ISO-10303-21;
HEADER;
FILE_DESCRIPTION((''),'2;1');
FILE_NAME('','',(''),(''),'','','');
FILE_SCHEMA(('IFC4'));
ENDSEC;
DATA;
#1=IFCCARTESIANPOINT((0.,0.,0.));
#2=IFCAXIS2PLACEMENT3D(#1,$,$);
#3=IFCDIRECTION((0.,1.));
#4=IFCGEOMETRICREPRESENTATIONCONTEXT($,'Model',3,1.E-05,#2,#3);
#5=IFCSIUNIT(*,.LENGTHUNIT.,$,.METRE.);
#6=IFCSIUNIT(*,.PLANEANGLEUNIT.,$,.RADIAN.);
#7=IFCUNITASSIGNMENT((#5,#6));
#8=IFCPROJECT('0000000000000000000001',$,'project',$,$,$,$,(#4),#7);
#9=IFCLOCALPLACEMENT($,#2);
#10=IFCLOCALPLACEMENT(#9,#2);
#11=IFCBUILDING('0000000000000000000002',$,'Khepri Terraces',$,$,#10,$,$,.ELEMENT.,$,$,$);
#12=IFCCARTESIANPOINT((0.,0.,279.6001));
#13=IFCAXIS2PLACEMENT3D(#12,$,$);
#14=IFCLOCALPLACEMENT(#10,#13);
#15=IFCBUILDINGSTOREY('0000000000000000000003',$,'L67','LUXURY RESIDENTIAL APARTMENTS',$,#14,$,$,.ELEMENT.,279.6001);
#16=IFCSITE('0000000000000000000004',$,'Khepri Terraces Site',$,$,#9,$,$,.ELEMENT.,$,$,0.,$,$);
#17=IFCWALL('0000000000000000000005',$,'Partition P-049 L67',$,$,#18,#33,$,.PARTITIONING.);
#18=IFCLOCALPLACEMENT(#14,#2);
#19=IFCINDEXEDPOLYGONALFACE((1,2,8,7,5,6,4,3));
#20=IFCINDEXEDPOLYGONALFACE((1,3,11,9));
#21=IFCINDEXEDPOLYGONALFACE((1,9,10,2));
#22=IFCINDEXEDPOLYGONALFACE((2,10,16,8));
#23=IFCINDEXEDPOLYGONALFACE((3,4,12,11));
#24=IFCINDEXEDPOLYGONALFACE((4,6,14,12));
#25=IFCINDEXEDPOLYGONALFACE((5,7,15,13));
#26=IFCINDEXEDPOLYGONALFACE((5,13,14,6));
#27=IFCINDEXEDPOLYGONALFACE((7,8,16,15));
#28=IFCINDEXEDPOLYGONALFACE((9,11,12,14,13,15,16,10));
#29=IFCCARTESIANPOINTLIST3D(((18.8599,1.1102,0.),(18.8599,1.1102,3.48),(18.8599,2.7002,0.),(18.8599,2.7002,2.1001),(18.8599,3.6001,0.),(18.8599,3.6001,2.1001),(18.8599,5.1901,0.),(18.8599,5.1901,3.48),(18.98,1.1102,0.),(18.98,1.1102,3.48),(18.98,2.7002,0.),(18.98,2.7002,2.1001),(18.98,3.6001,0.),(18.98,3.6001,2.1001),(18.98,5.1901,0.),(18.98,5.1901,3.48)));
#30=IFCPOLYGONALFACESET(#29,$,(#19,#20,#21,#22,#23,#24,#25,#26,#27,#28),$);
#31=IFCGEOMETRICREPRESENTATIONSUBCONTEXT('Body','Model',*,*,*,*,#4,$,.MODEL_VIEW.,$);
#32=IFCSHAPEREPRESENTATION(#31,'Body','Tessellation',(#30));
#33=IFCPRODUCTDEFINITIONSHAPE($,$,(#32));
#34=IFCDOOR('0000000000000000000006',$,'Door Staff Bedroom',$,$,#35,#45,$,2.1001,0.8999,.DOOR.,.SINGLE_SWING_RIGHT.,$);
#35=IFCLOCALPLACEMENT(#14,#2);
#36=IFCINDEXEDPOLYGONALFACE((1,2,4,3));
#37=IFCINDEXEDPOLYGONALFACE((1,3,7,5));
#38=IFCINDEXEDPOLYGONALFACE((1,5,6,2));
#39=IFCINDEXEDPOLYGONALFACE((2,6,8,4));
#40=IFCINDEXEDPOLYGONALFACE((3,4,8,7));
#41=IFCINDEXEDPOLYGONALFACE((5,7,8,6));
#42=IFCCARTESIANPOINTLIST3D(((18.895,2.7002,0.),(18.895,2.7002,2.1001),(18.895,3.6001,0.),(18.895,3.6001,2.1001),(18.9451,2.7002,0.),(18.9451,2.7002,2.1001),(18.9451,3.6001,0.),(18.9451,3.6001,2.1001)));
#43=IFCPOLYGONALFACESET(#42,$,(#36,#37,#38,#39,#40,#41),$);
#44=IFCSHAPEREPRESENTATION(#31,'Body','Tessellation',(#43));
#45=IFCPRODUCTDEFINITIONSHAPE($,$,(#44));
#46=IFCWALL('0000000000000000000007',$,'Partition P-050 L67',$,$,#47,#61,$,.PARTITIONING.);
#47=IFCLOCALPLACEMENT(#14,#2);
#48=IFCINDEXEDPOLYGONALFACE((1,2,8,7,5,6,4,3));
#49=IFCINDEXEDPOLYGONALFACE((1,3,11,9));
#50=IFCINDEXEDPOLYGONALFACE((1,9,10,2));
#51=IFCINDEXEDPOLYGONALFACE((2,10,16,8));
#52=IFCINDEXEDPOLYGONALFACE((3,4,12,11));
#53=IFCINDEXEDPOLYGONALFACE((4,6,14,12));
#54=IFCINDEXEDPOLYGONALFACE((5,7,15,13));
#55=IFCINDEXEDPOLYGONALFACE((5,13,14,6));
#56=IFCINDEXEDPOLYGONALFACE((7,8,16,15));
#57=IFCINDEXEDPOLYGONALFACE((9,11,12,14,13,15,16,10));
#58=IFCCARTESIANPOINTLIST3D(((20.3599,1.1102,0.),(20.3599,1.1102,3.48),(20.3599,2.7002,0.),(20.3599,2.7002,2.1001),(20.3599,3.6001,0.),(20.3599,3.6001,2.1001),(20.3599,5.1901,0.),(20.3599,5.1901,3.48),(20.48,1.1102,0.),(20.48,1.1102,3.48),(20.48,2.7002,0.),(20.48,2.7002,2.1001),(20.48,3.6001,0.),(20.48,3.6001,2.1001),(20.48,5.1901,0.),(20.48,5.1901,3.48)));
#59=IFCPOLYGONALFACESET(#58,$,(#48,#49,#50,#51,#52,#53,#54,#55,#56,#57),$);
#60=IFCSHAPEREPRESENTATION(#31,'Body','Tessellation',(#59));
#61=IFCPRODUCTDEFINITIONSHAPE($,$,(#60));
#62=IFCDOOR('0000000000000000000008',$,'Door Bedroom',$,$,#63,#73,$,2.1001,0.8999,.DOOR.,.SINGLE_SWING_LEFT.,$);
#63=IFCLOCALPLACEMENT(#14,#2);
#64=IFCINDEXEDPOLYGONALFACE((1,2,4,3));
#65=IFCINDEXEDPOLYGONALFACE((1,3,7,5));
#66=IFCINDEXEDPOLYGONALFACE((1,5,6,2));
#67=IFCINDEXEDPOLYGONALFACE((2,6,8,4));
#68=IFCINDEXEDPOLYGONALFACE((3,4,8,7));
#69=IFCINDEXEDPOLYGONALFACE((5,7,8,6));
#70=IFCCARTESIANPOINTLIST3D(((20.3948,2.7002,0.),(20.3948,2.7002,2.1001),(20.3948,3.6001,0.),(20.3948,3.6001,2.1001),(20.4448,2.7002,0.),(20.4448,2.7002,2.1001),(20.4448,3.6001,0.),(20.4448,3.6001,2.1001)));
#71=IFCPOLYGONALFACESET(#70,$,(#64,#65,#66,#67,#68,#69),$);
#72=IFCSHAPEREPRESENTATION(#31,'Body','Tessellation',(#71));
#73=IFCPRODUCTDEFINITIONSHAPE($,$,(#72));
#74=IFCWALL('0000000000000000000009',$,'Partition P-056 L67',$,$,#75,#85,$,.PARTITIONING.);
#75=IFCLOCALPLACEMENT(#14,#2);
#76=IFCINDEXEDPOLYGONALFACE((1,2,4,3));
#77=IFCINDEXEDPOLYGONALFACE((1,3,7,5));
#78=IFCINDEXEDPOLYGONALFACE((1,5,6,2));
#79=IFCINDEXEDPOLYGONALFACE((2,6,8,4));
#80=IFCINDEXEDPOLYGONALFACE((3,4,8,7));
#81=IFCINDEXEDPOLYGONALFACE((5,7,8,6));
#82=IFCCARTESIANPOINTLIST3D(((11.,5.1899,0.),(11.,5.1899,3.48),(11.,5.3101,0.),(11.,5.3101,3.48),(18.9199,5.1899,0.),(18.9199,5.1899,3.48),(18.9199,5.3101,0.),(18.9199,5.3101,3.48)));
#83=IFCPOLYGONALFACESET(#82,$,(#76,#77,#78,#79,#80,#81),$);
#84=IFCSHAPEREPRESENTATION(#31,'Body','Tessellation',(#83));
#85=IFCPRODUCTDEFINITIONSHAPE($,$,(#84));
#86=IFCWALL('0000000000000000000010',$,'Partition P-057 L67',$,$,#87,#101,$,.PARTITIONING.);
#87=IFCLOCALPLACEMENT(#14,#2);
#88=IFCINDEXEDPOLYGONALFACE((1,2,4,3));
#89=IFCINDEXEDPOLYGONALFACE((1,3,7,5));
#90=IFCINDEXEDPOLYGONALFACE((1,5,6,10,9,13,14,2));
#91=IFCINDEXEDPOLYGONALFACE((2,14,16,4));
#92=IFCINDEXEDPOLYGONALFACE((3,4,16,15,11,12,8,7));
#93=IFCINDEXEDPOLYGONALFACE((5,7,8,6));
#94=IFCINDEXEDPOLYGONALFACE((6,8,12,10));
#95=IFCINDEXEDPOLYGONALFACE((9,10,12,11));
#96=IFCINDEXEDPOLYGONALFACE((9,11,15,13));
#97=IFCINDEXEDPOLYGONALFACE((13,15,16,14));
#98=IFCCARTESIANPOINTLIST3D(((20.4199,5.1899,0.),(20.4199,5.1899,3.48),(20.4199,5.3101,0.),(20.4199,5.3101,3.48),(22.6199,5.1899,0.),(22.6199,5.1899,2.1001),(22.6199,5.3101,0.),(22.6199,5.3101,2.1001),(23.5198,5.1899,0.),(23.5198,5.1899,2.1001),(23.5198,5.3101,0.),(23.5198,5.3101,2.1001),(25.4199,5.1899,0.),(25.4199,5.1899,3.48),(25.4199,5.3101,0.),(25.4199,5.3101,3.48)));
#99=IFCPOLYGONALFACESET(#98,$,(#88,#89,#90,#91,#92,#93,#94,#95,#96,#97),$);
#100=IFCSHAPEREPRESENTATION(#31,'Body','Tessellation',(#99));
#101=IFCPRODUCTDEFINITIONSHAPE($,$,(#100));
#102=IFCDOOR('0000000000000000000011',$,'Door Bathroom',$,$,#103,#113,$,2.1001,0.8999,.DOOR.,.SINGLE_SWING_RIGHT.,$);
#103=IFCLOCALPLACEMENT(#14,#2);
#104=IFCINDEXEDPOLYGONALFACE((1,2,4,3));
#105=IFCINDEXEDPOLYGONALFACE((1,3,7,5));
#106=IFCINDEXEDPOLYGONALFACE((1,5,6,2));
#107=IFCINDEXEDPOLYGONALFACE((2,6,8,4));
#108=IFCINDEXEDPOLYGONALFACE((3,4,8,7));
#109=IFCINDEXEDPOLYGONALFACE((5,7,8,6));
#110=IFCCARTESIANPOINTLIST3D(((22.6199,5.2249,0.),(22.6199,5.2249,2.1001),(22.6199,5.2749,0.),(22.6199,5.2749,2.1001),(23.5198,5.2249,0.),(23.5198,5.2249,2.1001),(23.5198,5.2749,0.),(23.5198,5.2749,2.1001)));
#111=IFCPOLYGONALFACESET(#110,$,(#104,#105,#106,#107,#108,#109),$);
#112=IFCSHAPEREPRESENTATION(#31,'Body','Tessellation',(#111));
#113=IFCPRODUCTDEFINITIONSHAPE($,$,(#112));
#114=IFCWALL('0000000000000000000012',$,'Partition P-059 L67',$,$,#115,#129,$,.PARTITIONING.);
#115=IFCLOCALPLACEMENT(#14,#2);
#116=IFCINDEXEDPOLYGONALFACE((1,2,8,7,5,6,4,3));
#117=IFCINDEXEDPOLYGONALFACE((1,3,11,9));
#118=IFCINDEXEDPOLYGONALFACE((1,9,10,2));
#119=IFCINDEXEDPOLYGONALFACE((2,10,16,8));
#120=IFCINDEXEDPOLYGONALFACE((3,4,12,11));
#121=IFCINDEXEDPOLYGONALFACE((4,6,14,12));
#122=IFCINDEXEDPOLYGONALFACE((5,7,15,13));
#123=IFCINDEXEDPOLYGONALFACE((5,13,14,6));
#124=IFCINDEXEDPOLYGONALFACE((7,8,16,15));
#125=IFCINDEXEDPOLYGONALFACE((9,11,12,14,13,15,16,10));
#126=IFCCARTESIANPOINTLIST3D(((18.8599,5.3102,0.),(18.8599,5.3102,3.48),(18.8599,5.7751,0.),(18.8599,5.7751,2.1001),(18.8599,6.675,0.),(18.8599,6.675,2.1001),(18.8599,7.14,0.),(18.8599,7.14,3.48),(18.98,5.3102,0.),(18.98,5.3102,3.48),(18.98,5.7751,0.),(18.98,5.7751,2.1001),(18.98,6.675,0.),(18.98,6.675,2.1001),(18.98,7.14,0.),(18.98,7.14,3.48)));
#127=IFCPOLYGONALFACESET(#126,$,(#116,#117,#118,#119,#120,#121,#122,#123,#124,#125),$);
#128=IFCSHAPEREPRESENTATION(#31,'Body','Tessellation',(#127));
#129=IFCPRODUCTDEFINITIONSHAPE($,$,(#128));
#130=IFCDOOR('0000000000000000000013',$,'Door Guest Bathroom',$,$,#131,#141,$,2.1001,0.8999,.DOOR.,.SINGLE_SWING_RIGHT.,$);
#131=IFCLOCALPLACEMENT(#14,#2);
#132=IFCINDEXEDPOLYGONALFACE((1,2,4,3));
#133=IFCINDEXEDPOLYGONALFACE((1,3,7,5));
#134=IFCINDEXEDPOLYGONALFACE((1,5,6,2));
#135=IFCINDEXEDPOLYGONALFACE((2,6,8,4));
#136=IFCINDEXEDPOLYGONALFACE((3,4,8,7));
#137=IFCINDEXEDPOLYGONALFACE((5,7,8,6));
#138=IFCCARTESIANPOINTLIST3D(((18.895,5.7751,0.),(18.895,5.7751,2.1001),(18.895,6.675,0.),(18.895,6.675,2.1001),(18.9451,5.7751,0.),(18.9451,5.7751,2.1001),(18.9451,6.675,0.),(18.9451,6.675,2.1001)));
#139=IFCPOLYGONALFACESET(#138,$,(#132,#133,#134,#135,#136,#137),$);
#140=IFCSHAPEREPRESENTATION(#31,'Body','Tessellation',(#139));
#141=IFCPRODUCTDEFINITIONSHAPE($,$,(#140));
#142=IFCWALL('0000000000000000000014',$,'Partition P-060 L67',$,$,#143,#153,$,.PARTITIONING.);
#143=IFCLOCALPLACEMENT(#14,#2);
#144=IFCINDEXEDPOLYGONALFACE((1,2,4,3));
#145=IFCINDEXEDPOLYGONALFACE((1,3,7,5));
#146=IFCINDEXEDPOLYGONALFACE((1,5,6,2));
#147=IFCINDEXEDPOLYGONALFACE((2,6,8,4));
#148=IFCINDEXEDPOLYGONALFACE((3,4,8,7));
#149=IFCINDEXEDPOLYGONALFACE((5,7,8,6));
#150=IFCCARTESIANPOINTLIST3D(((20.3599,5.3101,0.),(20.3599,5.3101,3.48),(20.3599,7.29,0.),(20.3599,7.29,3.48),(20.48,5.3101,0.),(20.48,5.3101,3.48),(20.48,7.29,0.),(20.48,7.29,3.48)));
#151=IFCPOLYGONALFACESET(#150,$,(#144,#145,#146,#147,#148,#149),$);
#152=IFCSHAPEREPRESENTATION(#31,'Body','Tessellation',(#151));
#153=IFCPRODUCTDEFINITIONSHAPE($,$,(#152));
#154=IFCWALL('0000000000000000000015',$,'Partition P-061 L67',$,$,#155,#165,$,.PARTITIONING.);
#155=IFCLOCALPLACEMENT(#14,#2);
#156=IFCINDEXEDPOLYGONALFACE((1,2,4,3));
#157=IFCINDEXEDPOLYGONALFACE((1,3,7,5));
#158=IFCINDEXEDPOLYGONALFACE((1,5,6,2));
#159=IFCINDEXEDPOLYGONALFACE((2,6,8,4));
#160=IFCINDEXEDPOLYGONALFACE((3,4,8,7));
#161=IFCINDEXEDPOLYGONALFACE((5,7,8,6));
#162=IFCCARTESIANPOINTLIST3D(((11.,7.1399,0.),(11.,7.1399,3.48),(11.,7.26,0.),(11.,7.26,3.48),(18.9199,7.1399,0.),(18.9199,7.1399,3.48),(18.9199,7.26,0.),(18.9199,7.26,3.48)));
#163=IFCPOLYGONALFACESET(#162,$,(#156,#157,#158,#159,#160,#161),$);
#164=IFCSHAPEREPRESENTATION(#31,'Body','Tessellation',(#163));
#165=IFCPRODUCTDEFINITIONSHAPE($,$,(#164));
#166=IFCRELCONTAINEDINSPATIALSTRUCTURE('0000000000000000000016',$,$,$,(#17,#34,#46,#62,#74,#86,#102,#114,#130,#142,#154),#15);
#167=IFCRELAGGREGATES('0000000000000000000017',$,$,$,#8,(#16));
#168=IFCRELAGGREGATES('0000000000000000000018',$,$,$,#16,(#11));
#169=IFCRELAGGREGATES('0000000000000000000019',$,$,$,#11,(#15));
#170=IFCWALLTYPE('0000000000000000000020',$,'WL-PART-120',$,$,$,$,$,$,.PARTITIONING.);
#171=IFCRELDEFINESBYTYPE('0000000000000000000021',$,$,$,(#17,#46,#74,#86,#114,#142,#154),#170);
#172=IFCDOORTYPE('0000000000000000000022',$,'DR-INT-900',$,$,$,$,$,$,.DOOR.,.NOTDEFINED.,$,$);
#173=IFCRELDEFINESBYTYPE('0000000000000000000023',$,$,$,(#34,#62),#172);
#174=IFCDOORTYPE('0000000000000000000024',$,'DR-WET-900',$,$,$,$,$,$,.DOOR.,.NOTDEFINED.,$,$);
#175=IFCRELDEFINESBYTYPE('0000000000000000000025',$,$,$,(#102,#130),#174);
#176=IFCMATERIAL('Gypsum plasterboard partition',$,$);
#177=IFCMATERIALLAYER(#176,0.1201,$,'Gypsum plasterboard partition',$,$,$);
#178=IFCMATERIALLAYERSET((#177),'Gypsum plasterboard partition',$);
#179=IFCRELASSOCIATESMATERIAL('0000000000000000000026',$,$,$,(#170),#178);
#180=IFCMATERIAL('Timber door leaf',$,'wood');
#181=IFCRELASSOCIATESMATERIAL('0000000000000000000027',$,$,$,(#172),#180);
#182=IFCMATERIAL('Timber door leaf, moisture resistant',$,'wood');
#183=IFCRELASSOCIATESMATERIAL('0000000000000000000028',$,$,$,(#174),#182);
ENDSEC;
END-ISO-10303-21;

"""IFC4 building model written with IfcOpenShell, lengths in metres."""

from ifc_helpers import new_model, si_unit, direction, frame, frame_2d, origin, place, context, subcontext, project, spatial, rectangle, extrude, material, layer, layer_set, type_object, element, fill, save


model = new_model("IFC4")

# Units and contexts
model_context = context("Model", 3, precision=1e-05, world=origin(), true_north=direction((0.0, 1.0)))
body_context = subcontext(model_context, "Body", "Model", "MODEL_VIEW")
ifc_project = project(units=[si_unit("LENGTHUNIT", "METRE"), si_unit("PLANEANGLEUNIT", "RADIAN")], contexts=[model_context])

# Site, building, storey
site_placement = place(None, origin())
site = spatial("IfcSite", under=ifc_project, at=site_placement, Name="Khepri Terraces Site", CompositionType="ELEMENT", RefElevation=0.0)
building_placement = place(site_placement, origin())
building = spatial("IfcBuilding", under=site, at=building_placement, Name="Khepri Terraces", CompositionType="ELEMENT")
storey_placement = place(building_placement, frame((0.0, 0.0, 279.6001)))
storey = spatial("IfcBuildingStorey", under=building, at=storey_placement, Name="L67", Description="LUXURY RESIDENTIAL APARTMENTS", CompositionType="ELEMENT", Elevation=279.6001)

# Shared definitions
ifc_material_1 = material(Name="Gypsum plasterboard partition")
ifc_layer_1 = layer(ifc_material_1, 0.1201, Name="Gypsum plasterboard partition")
ifc_layer_set_1 = layer_set([ifc_layer_1], Name="Gypsum plasterboard partition")
wall_type_1 = type_object("IfcWallType", Name="WL-PART-120", PredefinedType="PARTITIONING", material=ifc_layer_set_1)

# Walls, openings, doors
wall_1_placement = place(storey_placement, frame((18.9199, 1.1101, 0.0), z_axis=(0.0, 0.0, 1.0), x_axis=(0.0, 1.0, 0.0)))
wall_1 = element("IfcWall", 1, at=wall_1_placement, inside=storey, type_object=wall_type_1, Name="Partition P-049 L67", PredefinedType="PARTITIONING", context=body_context, shape_type="SweptSolid", body=[
    extrude(rectangle(XDim=4.0798, YDim=0.1201, at=frame_2d((2.04, 0.0))), origin(), (0.0, 0.0, 1.0), 3.48),
])
opening_1_placement = place(wall_1_placement, frame((1.5901, 0.0, 0.0)))
opening_1 = element("IfcOpeningElement", 2, at=opening_1_placement, cuts=wall_1, PredefinedType="OPENING", context=body_context, shape_type="SweptSolid", body=[
    extrude(rectangle(XDim=0.8999, YDim=2.1001, at=frame_2d((0.45, 1.05))), frame((0.0, 0.0701, 0.0), z_axis=(0.0, -1.0, 0.0), x_axis=(1.0, 0.0, 0.0)), (0.0, 0.0, 1.0), 0.1401),
])
ifc_material_2 = material(Name="Timber door leaf", Category="wood")
door_type_1 = type_object("IfcDoorType", Name="DR-INT-900", OperationType="NOTDEFINED", PredefinedType="DOOR", material=ifc_material_2)
door_1_placement = place(opening_1_placement, origin())
door_1 = element("IfcDoor", 3, at=door_1_placement, inside=storey, type_object=door_type_1, Name="Door Staff Bedroom", OperationType="SINGLE_SWING_RIGHT", OverallHeight=2.1001, OverallWidth=0.8999, PredefinedType="DOOR", context=body_context, shape_type="SweptSolid", body=[
    extrude(rectangle(XDim=0.8999, YDim=2.1001, at=frame_2d((0.45, 1.05))), frame((0.0, 0.0249, 0.0), z_axis=(0.0, -1.0, 0.0), x_axis=(1.0, 0.0, 0.0)), (0.0, 0.0, 1.0), 0.05),
])
fill(opening_1, door_1)
wall_2_placement = place(storey_placement, frame((20.4199, 1.1101, 0.0), z_axis=(0.0, 0.0, 1.0), x_axis=(0.0, 1.0, 0.0)))
wall_2 = element("IfcWall", 4, at=wall_2_placement, inside=storey, type_object=wall_type_1, Name="Partition P-050 L67", PredefinedType="PARTITIONING", context=body_context, shape_type="SweptSolid", body=[
    extrude(rectangle(XDim=4.0798, YDim=0.1201, at=frame_2d((2.04, 0.0))), origin(), (0.0, 0.0, 1.0), 3.48),
])
opening_2_placement = place(wall_2_placement, frame((1.5901, 0.0, 0.0)))
opening_2 = element("IfcOpeningElement", 5, at=opening_2_placement, cuts=wall_2, PredefinedType="OPENING", context=body_context, shape_type="SweptSolid", body=[
    extrude(rectangle(XDim=0.8999, YDim=2.1001, at=frame_2d((0.45, 1.05))), frame((0.0, 0.0701, 0.0), z_axis=(0.0, -1.0, 0.0), x_axis=(1.0, 0.0, 0.0)), (0.0, 0.0, 1.0), 0.1401),
])
door_2_placement = place(opening_2_placement, frame((0.8999, 0.0, 0.0), z_axis=(0.0, 0.0, 1.0), x_axis=(-1.0, 0.0, 0.0)))
door_2 = element("IfcDoor", 6, at=door_2_placement, inside=storey, type_object=door_type_1, Name="Door Bedroom", OperationType="SINGLE_SWING_LEFT", OverallHeight=2.1001, OverallWidth=0.8999, PredefinedType="DOOR", context=body_context, shape_type="SweptSolid", body=[
    extrude(rectangle(XDim=0.8999, YDim=2.1001, at=frame_2d((0.45, 1.05))), frame((0.0, 0.0249, 0.0), z_axis=(0.0, -1.0, 0.0), x_axis=(1.0, 0.0, 0.0)), (0.0, 0.0, 1.0), 0.05),
])
fill(opening_2, door_2)

# Wall
wall_3_placement = place(storey_placement, frame((11.0, 5.25, 0.0), z_axis=(0.0, 0.0, 1.0), x_axis=(1.0, 0.0, 0.0)))
element("IfcWall", 7, at=wall_3_placement, inside=storey, type_object=wall_type_1, Name="Partition P-056 L67", PredefinedType="PARTITIONING", context=body_context, shape_type="SweptSolid", body=[
    extrude(rectangle(XDim=7.9199, YDim=0.1201, at=frame_2d((3.96, 0.0))), origin(), (0.0, 0.0, 1.0), 3.48),
])

# Walls, openings, doors
wall_4_placement = place(storey_placement, frame((20.4199, 5.25, 0.0), z_axis=(0.0, 0.0, 1.0), x_axis=(1.0, 0.0, 0.0)))
wall_4 = element("IfcWall", 8, at=wall_4_placement, inside=storey, type_object=wall_type_1, Name="Partition P-057 L67", PredefinedType="PARTITIONING", context=body_context, shape_type="SweptSolid", body=[
    extrude(rectangle(XDim=5.0, YDim=0.1201, at=frame_2d((2.5, 0.0))), origin(), (0.0, 0.0, 1.0), 3.48),
])
opening_3_placement = place(wall_4_placement, frame((2.2, 0.0, 0.0)))
opening_3 = element("IfcOpeningElement", 9, at=opening_3_placement, cuts=wall_4, PredefinedType="OPENING", context=body_context, shape_type="SweptSolid", body=[
    extrude(rectangle(XDim=0.8999, YDim=2.1001, at=frame_2d((0.45, 1.05))), frame((0.0, 0.0701, 0.0), z_axis=(0.0, -1.0, 0.0), x_axis=(1.0, 0.0, 0.0)), (0.0, 0.0, 1.0), 0.1401),
])
ifc_material_3 = material(Name="Timber door leaf, moisture resistant", Category="wood")
door_type_2 = type_object("IfcDoorType", Name="DR-WET-900", OperationType="NOTDEFINED", PredefinedType="DOOR", material=ifc_material_3)
door_3_placement = place(opening_3_placement, origin())
door_3 = element("IfcDoor", 10, at=door_3_placement, inside=storey, type_object=door_type_2, Name="Door Bathroom", OperationType="SINGLE_SWING_RIGHT", OverallHeight=2.1001, OverallWidth=0.8999, PredefinedType="DOOR", context=body_context, shape_type="SweptSolid", body=[
    extrude(rectangle(XDim=0.8999, YDim=2.1001, at=frame_2d((0.45, 1.05))), frame((0.0, 0.0249, 0.0), z_axis=(0.0, -1.0, 0.0), x_axis=(1.0, 0.0, 0.0)), (0.0, 0.0, 1.0), 0.05),
])
fill(opening_3, door_3)
wall_5_placement = place(storey_placement, frame((18.9199, 5.3101, 0.0), z_axis=(0.0, 0.0, 1.0), x_axis=(0.0, 1.0, 0.0)))
wall_5 = element("IfcWall", 11, at=wall_5_placement, inside=storey, type_object=wall_type_1, Name="Partition P-059 L67", PredefinedType="PARTITIONING", context=body_context, shape_type="SweptSolid", body=[
    extrude(rectangle(XDim=1.8298, YDim=0.1201, at=frame_2d((0.915, 0.0))), origin(), (0.0, 0.0, 1.0), 3.48),
])
opening_4_placement = place(wall_5_placement, frame((0.4651, 0.0, 0.0)))
opening_4 = element("IfcOpeningElement", 12, at=opening_4_placement, cuts=wall_5, PredefinedType="OPENING", context=body_context, shape_type="SweptSolid", body=[
    extrude(rectangle(XDim=0.8999, YDim=2.1001, at=frame_2d((0.45, 1.05))), frame((0.0, 0.0701, 0.0), z_axis=(0.0, -1.0, 0.0), x_axis=(1.0, 0.0, 0.0)), (0.0, 0.0, 1.0), 0.1401),
])
door_4_placement = place(opening_4_placement, origin())
door_4 = element("IfcDoor", 13, at=door_4_placement, inside=storey, type_object=door_type_2, Name="Door Guest Bathroom", OperationType="SINGLE_SWING_RIGHT", OverallHeight=2.1001, OverallWidth=0.8999, PredefinedType="DOOR", context=body_context, shape_type="SweptSolid", body=[
    extrude(rectangle(XDim=0.8999, YDim=2.1001, at=frame_2d((0.45, 1.05))), frame((0.0, 0.0249, 0.0), z_axis=(0.0, -1.0, 0.0), x_axis=(1.0, 0.0, 0.0)), (0.0, 0.0, 1.0), 0.05),
])
fill(opening_4, door_4)

# Walls
wall_6_placement = place(storey_placement, frame((20.4199, 5.3101, 0.0), z_axis=(0.0, 0.0, 1.0), x_axis=(0.0, 1.0, 0.0)))
element("IfcWall", 14, at=wall_6_placement, inside=storey, type_object=wall_type_1, Name="Partition P-060 L67", PredefinedType="PARTITIONING", context=body_context, shape_type="SweptSolid", body=[
    extrude(rectangle(XDim=1.98, YDim=0.1201, at=frame_2d((0.99, 0.0))), origin(), (0.0, 0.0, 1.0), 3.48),
])
wall_7_placement = place(storey_placement, frame((11.0, 7.2, 0.0), z_axis=(0.0, 0.0, 1.0), x_axis=(1.0, 0.0, 0.0)))
element("IfcWall", 15, at=wall_7_placement, inside=storey, type_object=wall_type_1, Name="Partition P-061 L67", PredefinedType="PARTITIONING", context=body_context, shape_type="SweptSolid", body=[
    extrude(rectangle(XDim=7.9199, YDim=0.1201, at=frame_2d((3.96, 0.0))), origin(), (0.0, 0.0, 1.0), 3.48),
])

save(model, "model.ifc")
